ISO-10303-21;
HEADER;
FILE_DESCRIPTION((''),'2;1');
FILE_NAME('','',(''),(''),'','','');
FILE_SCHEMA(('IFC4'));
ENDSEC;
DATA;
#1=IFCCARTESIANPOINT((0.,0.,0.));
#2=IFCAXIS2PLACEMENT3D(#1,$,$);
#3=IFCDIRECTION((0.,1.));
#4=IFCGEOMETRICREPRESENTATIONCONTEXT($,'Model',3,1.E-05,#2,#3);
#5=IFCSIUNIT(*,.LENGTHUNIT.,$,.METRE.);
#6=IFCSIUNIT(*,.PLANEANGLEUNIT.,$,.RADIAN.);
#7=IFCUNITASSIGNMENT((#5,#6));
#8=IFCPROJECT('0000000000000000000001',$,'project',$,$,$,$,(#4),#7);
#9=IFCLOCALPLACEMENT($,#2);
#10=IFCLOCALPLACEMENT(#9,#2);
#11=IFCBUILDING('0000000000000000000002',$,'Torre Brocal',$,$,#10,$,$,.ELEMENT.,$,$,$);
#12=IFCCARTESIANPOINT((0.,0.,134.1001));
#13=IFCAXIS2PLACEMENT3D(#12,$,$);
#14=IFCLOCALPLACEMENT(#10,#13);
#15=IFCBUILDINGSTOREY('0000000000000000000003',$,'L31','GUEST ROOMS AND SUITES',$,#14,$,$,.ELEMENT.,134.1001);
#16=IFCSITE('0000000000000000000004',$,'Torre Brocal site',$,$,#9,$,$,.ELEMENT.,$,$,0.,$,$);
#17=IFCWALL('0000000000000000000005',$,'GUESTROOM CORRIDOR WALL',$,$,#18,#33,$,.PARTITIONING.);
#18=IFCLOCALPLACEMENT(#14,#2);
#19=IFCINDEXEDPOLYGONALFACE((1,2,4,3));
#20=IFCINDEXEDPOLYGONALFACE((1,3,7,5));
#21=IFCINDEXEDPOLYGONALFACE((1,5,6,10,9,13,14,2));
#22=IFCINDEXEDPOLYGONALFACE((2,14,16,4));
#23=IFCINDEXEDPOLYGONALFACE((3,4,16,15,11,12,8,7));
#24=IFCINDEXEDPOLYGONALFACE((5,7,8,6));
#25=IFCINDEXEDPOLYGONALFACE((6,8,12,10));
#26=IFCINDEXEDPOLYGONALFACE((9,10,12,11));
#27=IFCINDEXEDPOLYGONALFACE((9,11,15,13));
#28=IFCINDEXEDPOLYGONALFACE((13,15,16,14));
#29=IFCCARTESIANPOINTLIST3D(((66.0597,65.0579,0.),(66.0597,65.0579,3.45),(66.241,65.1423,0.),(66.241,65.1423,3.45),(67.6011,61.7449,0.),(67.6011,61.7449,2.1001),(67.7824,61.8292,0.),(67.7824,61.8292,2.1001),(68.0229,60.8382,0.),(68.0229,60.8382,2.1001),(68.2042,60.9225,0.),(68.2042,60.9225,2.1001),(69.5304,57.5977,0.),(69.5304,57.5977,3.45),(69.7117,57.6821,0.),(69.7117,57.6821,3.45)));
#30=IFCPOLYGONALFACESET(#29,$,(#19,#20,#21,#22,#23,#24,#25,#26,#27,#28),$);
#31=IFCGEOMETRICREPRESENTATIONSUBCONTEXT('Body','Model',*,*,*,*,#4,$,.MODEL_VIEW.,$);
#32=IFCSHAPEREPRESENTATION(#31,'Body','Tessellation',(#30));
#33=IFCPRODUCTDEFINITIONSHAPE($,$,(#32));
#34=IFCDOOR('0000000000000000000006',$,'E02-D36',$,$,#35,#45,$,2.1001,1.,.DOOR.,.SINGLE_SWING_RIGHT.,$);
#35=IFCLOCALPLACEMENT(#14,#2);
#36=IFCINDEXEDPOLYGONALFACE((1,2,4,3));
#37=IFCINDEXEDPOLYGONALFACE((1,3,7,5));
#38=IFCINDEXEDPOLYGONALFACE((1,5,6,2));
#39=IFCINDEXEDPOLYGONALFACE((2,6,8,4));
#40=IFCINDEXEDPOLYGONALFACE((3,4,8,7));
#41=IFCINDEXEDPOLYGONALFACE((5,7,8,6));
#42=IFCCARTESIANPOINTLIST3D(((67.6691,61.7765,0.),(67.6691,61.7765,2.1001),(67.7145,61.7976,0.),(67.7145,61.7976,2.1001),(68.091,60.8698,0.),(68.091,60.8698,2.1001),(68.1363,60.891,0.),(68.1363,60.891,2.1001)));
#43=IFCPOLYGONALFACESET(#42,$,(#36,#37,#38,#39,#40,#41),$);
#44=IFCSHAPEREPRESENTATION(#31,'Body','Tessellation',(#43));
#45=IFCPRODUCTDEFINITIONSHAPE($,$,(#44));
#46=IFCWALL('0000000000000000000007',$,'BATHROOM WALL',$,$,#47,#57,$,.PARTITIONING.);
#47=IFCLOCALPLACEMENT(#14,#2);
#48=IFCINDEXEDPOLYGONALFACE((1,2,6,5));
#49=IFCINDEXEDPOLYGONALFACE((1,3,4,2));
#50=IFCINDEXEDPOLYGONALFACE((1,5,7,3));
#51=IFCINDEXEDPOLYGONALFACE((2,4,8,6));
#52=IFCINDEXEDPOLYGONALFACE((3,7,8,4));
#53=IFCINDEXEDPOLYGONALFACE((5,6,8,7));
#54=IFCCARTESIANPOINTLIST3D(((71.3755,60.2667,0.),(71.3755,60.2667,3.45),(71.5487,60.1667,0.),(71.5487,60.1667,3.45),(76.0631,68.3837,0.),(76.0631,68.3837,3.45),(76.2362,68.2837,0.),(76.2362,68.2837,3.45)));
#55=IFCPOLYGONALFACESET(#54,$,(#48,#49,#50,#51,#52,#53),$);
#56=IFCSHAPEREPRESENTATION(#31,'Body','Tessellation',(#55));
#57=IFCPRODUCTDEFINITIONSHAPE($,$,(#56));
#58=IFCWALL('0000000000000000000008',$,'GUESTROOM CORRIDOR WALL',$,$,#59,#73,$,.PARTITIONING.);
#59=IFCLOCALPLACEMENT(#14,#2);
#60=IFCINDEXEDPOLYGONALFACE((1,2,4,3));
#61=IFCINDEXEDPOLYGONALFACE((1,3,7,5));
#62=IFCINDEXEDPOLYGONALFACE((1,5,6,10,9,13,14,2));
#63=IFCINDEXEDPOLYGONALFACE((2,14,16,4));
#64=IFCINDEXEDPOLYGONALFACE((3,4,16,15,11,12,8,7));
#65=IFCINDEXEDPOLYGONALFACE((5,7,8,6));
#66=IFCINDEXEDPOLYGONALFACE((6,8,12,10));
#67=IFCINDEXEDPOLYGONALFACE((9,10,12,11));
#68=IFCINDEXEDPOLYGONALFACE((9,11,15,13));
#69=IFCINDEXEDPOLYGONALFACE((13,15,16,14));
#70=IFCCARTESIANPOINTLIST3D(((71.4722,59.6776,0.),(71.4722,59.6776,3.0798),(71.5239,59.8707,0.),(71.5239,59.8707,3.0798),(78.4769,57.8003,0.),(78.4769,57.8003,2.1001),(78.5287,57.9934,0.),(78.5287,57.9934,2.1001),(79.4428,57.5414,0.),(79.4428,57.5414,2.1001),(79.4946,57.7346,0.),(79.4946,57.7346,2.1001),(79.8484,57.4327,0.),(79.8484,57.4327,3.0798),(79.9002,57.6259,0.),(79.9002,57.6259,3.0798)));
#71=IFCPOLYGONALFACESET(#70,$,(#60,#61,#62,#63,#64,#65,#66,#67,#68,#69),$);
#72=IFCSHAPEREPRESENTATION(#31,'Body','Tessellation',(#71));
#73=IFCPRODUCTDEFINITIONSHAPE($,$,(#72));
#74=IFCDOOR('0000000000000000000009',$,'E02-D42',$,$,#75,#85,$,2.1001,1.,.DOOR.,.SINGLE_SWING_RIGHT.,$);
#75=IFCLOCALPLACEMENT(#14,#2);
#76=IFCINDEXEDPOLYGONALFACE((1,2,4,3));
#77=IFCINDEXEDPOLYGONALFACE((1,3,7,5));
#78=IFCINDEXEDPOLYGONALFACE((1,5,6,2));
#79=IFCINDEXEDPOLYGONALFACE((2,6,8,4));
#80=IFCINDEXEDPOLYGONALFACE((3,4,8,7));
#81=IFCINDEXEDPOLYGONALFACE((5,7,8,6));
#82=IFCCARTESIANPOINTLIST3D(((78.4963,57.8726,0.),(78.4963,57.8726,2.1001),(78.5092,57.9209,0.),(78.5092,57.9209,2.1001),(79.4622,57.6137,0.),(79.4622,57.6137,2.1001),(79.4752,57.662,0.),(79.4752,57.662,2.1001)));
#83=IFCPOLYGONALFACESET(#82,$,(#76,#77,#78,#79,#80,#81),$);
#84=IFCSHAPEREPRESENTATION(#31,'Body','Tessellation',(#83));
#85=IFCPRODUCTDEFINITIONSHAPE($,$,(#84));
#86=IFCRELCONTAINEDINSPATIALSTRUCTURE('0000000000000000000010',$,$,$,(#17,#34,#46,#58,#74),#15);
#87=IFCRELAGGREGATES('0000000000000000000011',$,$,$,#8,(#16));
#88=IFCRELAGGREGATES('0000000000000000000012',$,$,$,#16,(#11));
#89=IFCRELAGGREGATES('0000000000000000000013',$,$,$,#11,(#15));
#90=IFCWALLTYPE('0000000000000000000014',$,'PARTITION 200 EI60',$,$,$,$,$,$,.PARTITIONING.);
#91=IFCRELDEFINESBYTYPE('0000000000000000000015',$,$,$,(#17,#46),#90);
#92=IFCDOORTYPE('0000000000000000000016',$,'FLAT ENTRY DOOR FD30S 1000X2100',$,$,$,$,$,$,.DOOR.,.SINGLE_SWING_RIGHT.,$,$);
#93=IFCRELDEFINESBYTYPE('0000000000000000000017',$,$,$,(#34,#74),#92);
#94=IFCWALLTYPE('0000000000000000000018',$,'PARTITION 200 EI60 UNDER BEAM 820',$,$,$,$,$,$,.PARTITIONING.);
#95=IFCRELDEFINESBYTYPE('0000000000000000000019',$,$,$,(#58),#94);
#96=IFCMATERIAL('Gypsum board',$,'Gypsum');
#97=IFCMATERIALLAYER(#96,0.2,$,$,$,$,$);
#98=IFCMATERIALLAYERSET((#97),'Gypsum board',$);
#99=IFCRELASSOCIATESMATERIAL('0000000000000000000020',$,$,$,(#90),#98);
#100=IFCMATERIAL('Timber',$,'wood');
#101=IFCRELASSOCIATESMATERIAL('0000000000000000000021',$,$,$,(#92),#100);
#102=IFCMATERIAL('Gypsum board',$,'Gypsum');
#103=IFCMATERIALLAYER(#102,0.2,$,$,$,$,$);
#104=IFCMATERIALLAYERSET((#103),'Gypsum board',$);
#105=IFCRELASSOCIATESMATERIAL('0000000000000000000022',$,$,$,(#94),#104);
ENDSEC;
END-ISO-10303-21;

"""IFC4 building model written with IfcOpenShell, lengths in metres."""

from ifc_helpers import new_model, si_unit, direction, frame, frame_2d, origin, place, context, subcontext, project, spatial, rectangle, extrude, material, layer, layer_set, type_object, element, fill, save


model = new_model("IFC4")

# Units and contexts
model_context = context("Model", 3, precision=1e-05, world=origin(), true_north=direction((0.0, 1.0)))
body_context = subcontext(model_context, "Body", "Model", "MODEL_VIEW")
ifc_project = project(units=[si_unit("LENGTHUNIT", "METRE"), si_unit("PLANEANGLEUNIT", "RADIAN")], contexts=[model_context])

# Site, building, storey
site_placement = place(None, origin())
site = spatial("IfcSite", under=ifc_project, at=site_placement, Name="Torre Brocal site", CompositionType="ELEMENT", RefElevation=0.0)
building_placement = place(site_placement, origin())
building = spatial("IfcBuilding", under=site, at=building_placement, Name="Torre Brocal", CompositionType="ELEMENT")
storey_placement = place(building_placement, frame((0.0, 0.0, 134.1001)))
storey = spatial("IfcBuildingStorey", under=building, at=storey_placement, Name="L31", Description="GUEST ROOMS AND SUITES", CompositionType="ELEMENT", Elevation=134.1001)

# Wall, opening, door
ifc_material_1 = material(Name="Gypsum board", Category="Gypsum")
ifc_layer_1 = layer(ifc_material_1, 0.2)
ifc_layer_set_1 = layer_set([ifc_layer_1], Name="Gypsum board")
wall_type_1 = type_object("IfcWallType", Name="PARTITION 200 EI60", PredefinedType="PARTITIONING", material=ifc_layer_set_1)
wall_1_placement = place(storey_placement, frame((66.1504, 65.1001, 0.0), z_axis=(0.0, 0.0, 1.0), x_axis=(0.421815, -0.906682, 0.0)))
wall_1 = element("IfcWall", 1, at=wall_1_placement, inside=storey, type_object=wall_type_1, Name="GUESTROOM CORRIDOR WALL", PredefinedType="PARTITIONING", context=body_context, shape_type="SweptSolid", body=[
    extrude(rectangle(XDim=8.228, YDim=0.2, at=frame_2d((4.114, 0.0))), origin(), (0.0, 0.0, 1.0), 3.45),
])
opening_1_placement = place(wall_1_placement, frame((3.6541, 0.0, 0.0)))
opening_1 = element("IfcOpeningElement", 2, at=opening_1_placement, cuts=wall_1, PredefinedType="OPENING", context=body_context, shape_type="SweptSolid", body=[
    extrude(rectangle(XDim=1.0, YDim=2.1001, at=frame_2d((0.5, 1.05))), frame((0.0, 0.1099, 0.0), z_axis=(0.0, -1.0, 0.0), x_axis=(1.0, 0.0, 0.0)), (0.0, 0.0, 1.0), 0.22),
])
ifc_material_2 = material(Name="Timber", Category="wood")
door_type_1 = type_object("IfcDoorType", Name="FLAT ENTRY DOOR FD30S 1000X2100", OperationType="SINGLE_SWING_RIGHT", PredefinedType="DOOR", material=ifc_material_2)
door_1_placement = place(opening_1_placement, frame((1.0, 0.0, 0.0), z_axis=(0.0, 0.0, 1.0), x_axis=(-1.0, 0.0, 0.0)))
door_1 = element("IfcDoor", 3, at=door_1_placement, inside=storey, type_object=door_type_1, Name="E02-D36", OperationType="SINGLE_SWING_RIGHT", OverallHeight=2.1001, OverallWidth=1.0, PredefinedType="DOOR", context=body_context, shape_type="SweptSolid", body=[
    extrude(rectangle(XDim=1.0, YDim=2.1001, at=frame_2d((0.5, 1.05))), frame((0.0, 0.0249, 0.0), z_axis=(0.0, -1.0, 0.0), x_axis=(1.0, 0.0, 0.0)), (0.0, 0.0, 1.0), 0.05),
])
fill(opening_1, door_1)

# Wall
wall_2_placement = place(storey_placement, frame((71.4622, 60.2168, 0.0), z_axis=(0.0, 0.0, 1.0), x_axis=(0.500094, 0.865971, 0.0)))
element("IfcWall", 4, at=wall_2_placement, inside=storey, type_object=wall_type_1, Name="BATHROOM WALL", PredefinedType="PARTITIONING", context=body_context, shape_type="SweptSolid", body=[
    extrude(rectangle(XDim=9.3733, YDim=0.2, at=frame_2d((4.6865, 0.0))), origin(), (0.0, 0.0, 1.0), 3.45),
])

# Wall, opening, door
ifc_material_3 = material(Name="Gypsum board", Category="Gypsum")
ifc_layer_2 = layer(ifc_material_3, 0.2)
ifc_layer_set_2 = layer_set([ifc_layer_2], Name="Gypsum board")
wall_type_2 = type_object("IfcWallType", Name="PARTITION 200 EI60 UNDER BEAM 820", PredefinedType="PARTITIONING", material=ifc_layer_set_2)
wall_3_placement = place(storey_placement, frame((71.498, 59.7742, 0.0), z_axis=(0.0, 0.0, 1.0), x_axis=(0.965912, -0.25887, 0.0)))
wall_3 = element("IfcWall", 5, at=wall_3_placement, inside=storey, type_object=wall_type_2, Name="GUESTROOM CORRIDOR WALL", PredefinedType="PARTITIONING", context=body_context, shape_type="SweptSolid", body=[
    extrude(rectangle(XDim=8.6719, YDim=0.2, at=frame_2d((4.3359, 0.0))), origin(), (0.0, 0.0, 1.0), 3.0798),
])
opening_2_placement = place(wall_3_placement, frame((7.252, 0.0, 0.0)))
opening_2 = element("IfcOpeningElement", 6, at=opening_2_placement, cuts=wall_3, PredefinedType="OPENING", context=body_context, shape_type="SweptSolid", body=[
    extrude(rectangle(XDim=1.0, YDim=2.1001, at=frame_2d((0.5, 1.05))), frame((0.0, 0.1099, 0.0), z_axis=(0.0, -1.0, 0.0), x_axis=(1.0, 0.0, 0.0)), (0.0, 0.0, 1.0), 0.22),
])
door_2_placement = place(opening_2_placement, origin())
door_2 = element("IfcDoor", 7, at=door_2_placement, inside=storey, type_object=door_type_1, Name="E02-D42", OperationType="SINGLE_SWING_RIGHT", OverallHeight=2.1001, OverallWidth=1.0, PredefinedType="DOOR", context=body_context, shape_type="SweptSolid", body=[
    extrude(rectangle(XDim=1.0, YDim=2.1001, at=frame_2d((0.5, 1.05))), frame((0.0, 0.0249, 0.0), z_axis=(0.0, -1.0, 0.0), x_axis=(1.0, 0.0, 0.0)), (0.0, 0.0, 1.0), 0.05),
])
fill(opening_2, door_2)

save(model, "model.ifc")
